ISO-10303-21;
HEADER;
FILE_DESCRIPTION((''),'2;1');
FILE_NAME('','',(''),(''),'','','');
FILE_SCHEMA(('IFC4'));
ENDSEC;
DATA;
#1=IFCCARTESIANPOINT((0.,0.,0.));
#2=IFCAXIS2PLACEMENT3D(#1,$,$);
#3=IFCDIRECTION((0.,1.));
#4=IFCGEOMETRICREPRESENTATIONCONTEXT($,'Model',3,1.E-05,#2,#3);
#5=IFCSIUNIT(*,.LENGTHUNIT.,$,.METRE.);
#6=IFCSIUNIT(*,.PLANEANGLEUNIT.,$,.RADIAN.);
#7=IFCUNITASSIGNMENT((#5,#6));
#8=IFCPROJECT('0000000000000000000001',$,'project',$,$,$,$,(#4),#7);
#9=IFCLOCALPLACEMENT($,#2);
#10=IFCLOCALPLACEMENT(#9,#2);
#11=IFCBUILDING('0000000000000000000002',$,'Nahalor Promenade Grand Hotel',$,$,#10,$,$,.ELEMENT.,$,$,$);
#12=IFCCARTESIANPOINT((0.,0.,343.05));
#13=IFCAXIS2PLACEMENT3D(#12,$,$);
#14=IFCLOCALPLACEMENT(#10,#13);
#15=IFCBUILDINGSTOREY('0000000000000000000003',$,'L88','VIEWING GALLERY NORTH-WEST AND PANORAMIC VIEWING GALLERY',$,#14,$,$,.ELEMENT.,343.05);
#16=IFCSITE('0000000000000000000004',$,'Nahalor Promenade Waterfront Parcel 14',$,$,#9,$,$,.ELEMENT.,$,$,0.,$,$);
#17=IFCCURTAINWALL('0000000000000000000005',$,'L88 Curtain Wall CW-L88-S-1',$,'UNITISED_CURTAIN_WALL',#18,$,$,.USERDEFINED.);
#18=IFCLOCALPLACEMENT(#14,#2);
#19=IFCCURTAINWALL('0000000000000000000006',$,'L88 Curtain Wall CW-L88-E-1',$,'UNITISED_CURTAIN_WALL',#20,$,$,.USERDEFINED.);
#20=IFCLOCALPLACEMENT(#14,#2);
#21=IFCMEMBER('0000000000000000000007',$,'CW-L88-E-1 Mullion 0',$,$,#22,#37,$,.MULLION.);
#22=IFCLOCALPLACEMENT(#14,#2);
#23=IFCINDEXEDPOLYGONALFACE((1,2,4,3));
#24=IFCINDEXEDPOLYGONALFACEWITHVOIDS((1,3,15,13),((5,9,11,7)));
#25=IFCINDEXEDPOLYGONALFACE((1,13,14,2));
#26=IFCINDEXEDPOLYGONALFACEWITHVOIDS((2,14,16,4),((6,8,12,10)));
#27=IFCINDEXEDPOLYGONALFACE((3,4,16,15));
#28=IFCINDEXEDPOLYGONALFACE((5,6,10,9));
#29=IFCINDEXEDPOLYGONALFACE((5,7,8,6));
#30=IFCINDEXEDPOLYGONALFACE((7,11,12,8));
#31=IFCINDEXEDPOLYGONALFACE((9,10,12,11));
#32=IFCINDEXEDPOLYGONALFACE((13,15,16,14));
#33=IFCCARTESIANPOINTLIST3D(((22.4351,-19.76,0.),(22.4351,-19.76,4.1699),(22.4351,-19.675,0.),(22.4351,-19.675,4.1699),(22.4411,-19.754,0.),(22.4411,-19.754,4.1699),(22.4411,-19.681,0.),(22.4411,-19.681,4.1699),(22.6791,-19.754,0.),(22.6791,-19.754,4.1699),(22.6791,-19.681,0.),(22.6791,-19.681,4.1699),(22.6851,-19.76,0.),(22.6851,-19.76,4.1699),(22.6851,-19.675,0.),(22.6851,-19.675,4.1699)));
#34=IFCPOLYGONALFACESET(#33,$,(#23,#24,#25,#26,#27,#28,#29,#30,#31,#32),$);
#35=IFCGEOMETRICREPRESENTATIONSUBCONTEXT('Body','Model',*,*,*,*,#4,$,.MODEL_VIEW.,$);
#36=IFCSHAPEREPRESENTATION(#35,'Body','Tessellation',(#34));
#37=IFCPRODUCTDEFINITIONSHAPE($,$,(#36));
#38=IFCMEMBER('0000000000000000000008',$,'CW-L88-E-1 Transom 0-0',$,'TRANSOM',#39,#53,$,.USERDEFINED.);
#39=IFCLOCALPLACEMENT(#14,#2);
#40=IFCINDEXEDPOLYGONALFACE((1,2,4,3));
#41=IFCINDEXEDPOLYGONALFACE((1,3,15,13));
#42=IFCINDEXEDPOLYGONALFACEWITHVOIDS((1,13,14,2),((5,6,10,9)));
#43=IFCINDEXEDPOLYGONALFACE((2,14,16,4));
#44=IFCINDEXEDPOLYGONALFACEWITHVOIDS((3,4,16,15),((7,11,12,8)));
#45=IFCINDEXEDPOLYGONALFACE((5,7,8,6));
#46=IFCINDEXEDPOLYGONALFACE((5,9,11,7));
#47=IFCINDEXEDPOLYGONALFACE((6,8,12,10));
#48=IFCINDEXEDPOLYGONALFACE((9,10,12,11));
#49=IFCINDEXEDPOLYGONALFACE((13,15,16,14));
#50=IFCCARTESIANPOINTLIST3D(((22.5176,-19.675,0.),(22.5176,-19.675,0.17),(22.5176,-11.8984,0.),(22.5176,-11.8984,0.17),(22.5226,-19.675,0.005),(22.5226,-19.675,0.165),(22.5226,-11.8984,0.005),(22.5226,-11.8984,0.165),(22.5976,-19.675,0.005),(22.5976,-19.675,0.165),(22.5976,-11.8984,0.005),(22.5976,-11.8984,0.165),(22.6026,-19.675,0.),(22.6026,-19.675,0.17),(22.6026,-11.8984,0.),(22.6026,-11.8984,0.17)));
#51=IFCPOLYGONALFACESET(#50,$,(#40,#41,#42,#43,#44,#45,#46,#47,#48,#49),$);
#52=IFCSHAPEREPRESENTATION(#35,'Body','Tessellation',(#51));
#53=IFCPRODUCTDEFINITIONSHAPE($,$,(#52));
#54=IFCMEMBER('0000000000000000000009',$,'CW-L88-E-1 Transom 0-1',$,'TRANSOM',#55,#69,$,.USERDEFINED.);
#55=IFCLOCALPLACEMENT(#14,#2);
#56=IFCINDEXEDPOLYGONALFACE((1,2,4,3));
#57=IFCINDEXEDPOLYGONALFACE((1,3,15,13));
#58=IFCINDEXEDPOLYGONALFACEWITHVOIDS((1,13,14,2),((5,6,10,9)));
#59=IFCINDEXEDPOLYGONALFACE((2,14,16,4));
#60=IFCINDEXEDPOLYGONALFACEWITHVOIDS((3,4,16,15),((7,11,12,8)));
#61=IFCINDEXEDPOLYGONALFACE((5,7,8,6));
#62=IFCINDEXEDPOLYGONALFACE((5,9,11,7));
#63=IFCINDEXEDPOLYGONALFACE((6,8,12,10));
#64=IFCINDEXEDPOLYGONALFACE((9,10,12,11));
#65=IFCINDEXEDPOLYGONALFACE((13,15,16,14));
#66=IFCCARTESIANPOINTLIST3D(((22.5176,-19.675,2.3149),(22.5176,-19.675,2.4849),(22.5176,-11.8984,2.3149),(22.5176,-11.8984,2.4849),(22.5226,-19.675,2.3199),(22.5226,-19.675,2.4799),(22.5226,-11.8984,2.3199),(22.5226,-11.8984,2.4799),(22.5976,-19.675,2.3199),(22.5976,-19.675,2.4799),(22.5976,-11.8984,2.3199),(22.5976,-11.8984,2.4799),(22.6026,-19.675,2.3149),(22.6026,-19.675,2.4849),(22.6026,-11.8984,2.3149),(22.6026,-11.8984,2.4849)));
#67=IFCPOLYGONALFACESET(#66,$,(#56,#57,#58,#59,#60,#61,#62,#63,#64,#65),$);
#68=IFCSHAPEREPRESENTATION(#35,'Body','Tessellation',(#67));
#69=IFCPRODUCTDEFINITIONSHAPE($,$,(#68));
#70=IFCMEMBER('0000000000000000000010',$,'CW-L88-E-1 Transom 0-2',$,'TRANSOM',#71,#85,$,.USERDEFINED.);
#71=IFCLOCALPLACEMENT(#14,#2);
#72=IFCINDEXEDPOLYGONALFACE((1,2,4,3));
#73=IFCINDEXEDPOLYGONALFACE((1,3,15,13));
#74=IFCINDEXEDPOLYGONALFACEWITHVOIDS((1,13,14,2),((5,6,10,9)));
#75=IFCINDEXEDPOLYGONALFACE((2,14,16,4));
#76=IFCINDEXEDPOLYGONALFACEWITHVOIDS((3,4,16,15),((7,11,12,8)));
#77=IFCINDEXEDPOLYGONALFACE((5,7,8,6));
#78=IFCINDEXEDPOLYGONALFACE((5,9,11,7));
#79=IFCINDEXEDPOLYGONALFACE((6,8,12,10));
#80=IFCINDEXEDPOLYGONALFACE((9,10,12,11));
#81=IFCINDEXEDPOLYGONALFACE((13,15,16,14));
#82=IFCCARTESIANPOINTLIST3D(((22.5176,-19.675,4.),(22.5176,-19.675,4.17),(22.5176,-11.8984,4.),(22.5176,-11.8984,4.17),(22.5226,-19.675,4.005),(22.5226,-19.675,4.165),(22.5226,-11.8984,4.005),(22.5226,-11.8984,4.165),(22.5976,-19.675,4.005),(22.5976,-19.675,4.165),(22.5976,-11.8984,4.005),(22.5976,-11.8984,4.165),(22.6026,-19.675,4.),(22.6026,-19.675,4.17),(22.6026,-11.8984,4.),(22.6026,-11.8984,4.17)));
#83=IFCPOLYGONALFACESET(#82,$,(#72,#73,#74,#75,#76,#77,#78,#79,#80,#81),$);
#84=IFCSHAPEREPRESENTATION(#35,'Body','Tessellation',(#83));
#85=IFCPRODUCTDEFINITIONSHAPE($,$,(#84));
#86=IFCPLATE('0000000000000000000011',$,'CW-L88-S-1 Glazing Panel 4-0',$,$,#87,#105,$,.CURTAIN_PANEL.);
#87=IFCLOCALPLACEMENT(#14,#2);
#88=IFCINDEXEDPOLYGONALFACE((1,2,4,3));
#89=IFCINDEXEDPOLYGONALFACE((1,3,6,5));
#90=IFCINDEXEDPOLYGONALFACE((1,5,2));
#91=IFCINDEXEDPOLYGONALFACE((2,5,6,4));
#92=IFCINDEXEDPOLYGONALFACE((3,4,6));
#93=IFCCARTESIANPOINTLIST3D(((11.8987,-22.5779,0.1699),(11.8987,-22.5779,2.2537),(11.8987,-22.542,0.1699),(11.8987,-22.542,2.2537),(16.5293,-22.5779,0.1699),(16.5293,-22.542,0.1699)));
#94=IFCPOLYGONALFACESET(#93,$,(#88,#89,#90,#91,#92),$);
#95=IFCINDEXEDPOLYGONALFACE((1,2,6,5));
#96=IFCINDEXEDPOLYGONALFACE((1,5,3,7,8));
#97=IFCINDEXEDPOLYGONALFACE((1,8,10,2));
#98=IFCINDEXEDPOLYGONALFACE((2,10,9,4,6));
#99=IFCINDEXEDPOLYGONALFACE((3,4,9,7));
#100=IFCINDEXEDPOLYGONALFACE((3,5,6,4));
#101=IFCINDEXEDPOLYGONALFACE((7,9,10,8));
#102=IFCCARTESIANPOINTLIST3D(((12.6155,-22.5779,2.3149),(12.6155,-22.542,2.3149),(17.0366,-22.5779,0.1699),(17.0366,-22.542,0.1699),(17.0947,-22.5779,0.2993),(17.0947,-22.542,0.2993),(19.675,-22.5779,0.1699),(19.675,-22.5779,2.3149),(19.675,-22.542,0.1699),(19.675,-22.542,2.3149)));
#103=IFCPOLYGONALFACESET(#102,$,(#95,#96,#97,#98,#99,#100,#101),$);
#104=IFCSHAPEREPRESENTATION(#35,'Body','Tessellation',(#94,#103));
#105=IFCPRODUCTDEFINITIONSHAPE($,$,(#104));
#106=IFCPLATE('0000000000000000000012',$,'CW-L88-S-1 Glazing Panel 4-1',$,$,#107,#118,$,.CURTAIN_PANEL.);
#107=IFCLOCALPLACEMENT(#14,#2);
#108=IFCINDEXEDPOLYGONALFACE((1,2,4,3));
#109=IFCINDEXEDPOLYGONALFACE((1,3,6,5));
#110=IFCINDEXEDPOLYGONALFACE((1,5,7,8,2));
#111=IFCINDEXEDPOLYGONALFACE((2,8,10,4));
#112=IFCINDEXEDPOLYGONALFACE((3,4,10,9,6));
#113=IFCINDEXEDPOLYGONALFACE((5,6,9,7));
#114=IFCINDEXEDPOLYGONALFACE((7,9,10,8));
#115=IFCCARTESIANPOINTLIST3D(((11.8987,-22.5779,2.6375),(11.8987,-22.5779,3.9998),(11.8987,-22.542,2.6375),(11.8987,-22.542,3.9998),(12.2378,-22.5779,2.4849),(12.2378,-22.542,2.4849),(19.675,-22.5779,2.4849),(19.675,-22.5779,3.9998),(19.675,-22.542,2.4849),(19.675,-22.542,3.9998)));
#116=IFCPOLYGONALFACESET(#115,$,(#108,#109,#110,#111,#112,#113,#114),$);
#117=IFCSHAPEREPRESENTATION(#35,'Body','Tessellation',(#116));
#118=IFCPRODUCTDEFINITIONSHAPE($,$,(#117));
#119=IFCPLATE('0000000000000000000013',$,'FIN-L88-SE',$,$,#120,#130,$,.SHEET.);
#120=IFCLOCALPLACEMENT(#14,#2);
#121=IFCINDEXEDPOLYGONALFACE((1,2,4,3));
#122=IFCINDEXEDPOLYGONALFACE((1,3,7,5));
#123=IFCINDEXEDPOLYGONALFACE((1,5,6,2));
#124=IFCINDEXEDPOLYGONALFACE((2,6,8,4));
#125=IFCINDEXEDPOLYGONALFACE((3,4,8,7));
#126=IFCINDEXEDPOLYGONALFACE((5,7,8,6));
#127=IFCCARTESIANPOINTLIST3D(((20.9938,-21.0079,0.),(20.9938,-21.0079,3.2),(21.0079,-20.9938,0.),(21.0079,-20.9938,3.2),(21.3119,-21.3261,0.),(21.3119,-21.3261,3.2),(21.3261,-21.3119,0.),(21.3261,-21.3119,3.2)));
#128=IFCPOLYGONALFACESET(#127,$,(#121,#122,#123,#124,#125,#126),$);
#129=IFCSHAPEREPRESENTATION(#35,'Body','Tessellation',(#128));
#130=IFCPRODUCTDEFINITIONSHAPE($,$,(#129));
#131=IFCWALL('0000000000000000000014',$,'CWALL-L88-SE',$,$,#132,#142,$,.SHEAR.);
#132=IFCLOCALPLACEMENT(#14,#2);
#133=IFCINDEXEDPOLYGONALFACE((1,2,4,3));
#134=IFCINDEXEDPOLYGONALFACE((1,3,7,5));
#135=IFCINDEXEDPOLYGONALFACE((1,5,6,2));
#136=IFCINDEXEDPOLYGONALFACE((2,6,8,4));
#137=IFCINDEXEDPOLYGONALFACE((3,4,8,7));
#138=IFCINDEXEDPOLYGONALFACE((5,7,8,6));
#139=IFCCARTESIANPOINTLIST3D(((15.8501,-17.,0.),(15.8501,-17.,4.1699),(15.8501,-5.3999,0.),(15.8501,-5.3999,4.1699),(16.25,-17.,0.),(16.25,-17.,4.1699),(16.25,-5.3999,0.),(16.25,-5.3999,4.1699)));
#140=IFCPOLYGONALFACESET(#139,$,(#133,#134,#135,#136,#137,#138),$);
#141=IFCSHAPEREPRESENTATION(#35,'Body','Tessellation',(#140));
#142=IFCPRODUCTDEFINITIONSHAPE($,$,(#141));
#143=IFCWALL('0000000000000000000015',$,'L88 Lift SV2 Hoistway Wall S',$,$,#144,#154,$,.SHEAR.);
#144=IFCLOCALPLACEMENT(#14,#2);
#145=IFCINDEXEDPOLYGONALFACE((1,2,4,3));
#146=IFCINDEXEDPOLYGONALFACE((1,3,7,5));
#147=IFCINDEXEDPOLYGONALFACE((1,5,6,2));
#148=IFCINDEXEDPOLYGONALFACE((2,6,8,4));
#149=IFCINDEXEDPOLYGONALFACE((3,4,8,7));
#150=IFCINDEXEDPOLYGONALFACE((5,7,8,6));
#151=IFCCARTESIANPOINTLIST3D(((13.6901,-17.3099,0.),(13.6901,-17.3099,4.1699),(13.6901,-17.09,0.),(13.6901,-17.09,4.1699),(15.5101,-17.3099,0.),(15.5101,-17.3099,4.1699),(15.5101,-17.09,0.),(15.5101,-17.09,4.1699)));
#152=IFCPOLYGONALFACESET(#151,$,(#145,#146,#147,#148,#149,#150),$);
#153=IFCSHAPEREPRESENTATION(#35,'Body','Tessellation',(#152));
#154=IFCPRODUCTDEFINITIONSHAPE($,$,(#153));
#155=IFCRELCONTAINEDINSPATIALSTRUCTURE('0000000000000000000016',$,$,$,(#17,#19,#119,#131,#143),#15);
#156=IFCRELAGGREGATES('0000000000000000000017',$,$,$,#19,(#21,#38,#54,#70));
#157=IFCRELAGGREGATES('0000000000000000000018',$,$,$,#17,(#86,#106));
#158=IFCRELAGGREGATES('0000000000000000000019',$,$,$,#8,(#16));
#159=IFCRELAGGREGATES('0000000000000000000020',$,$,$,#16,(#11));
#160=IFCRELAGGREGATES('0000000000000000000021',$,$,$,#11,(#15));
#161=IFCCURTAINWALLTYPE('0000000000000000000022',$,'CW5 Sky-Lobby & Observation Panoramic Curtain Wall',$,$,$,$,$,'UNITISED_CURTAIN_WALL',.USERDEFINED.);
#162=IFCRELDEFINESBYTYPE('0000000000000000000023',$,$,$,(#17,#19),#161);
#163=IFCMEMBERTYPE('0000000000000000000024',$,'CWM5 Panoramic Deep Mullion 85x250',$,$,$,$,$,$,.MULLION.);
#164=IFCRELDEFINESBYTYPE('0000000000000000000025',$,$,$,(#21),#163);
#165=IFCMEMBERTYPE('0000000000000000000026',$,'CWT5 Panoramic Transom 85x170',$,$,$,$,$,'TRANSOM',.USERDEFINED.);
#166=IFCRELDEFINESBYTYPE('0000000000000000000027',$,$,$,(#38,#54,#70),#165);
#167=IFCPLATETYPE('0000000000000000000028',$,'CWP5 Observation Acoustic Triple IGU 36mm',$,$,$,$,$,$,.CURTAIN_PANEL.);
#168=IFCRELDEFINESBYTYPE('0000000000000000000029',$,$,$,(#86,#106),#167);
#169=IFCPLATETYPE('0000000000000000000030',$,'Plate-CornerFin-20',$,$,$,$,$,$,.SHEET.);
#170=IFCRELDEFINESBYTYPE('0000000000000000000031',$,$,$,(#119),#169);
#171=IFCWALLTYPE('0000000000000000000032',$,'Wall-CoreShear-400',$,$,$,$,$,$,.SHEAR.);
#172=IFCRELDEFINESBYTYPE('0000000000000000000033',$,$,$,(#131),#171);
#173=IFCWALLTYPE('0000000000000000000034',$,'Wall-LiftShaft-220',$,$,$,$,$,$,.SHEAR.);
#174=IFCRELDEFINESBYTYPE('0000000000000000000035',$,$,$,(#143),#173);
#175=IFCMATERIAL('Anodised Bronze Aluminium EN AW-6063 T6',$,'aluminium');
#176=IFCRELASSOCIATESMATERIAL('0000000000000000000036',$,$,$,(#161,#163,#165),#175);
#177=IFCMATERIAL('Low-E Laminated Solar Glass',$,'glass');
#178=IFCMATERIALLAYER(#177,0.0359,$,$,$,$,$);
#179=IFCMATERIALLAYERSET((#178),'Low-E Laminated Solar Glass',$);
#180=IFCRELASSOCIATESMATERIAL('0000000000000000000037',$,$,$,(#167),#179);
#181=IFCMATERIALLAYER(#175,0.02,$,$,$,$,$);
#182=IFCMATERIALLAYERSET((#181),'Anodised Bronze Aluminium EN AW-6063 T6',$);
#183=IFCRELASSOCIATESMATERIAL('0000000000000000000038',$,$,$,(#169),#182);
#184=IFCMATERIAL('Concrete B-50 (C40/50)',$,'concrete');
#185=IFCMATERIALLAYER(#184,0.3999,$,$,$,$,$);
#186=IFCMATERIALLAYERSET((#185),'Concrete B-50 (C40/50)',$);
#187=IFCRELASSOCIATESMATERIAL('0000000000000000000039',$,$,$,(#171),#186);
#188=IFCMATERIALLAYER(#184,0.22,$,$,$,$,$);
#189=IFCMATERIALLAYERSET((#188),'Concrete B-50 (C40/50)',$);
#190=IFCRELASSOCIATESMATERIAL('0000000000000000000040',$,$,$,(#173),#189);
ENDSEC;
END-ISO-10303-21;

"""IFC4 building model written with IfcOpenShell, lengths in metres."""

from ifc_helpers import new_model, si_unit, direction, frame, frame_2d, origin, origin_2d, place, context, subcontext, project, spatial, polyline, rectangle, hollow_rectangle, outline, extrude, source, transform, mapped, material, layer, layer_set, material_profile, profile_set, type_object, element, aggregate, save


model = new_model("IFC4")

# Units and contexts
model_context = context("Model", 3, precision=1e-05, world=origin(), true_north=direction((0.0, 1.0)))
body_context = subcontext(model_context, "Body", "Model", "MODEL_VIEW")
ifc_project = project(units=[si_unit("LENGTHUNIT", "METRE"), si_unit("PLANEANGLEUNIT", "RADIAN")], contexts=[model_context])

# Site, building, storey
site_placement = place(None, origin())
site = spatial("IfcSite", under=ifc_project, at=site_placement, Name="Nahalor Promenade Waterfront Parcel 14", CompositionType="ELEMENT", RefElevation=0.0)
building_placement = place(site_placement, origin())
building = spatial("IfcBuilding", under=site, at=building_placement, Name="Nahalor Promenade Grand Hotel", CompositionType="ELEMENT")
storey_placement = place(building_placement, frame((0.0, 0.0, 343.05)))
storey = spatial("IfcBuildingStorey", under=building, at=storey_placement, Name="L88", Description="VIEWING GALLERY NORTH-WEST AND PANORAMIC VIEWING GALLERY", CompositionType="ELEMENT", Elevation=343.05)

# Shared definitions
ifc_material_1 = material(Name="Concrete B-50 (C40/50)", Category="concrete")

# Curtain wall
ifc_material_2 = material(Name="Anodised Bronze Aluminium EN AW-6063 T6", Category="aluminium")
curtain_wall_type = type_object("IfcCurtainWallType", Name="CW5 Sky-Lobby & Observation Panoramic Curtain Wall", ElementType="UNITISED_CURTAIN_WALL", PredefinedType="USERDEFINED", material=ifc_material_2)
curtain_wall_1_placement = place(storey_placement, origin())
curtain_wall_1 = element("IfcCurtainWall", 1, at=curtain_wall_1_placement, inside=storey, type_object=curtain_wall_type, Name="L88 Curtain Wall CW-L88-S-1", ObjectType="UNITISED_CURTAIN_WALL", PredefinedType="USERDEFINED")
ifc_material_profile_1 = material_profile(ifc_material_2, hollow_rectangle(XDim=0.085, YDim=0.25, WallThickness=0.006, at=origin_2d()), Name="CWM 85x250x6")
ifc_profile_set_1 = profile_set([ifc_material_profile_1], Name="Anodised Bronze Aluminium EN AW-6063 T6")
member_type_1 = type_object("IfcMemberType", Name="CWM5 Panoramic Deep Mullion 85x250", PredefinedType="MULLION", material=ifc_profile_set_1)
shared_shape_1 = source(origin(), body_context, "Body", "SweptSolid", [
    extrude(hollow_rectangle(XDim=0.085, YDim=0.25, WallThickness=0.006, at=origin_2d()), origin(), (0.0, 0.0, 1.0), 4.1699),
])

# Curtain wall, members
curtain_wall_2_placement = place(storey_placement, origin())
curtain_wall_2 = element("IfcCurtainWall", 2, at=curtain_wall_2_placement, inside=storey, type_object=curtain_wall_type, Name="L88 Curtain Wall CW-L88-E-1", ObjectType="UNITISED_CURTAIN_WALL", PredefinedType="USERDEFINED")
member_1_placement = place(storey_placement, frame((22.5601, -19.7175, 0.0), z_axis=(0.0, 0.0, 1.0), x_axis=(0.0, 1.0, 0.0)))
member_1 = element("IfcMember", 3, at=member_1_placement, type_object=member_type_1, Name="CW-L88-E-1 Mullion 0", PredefinedType="MULLION", context=body_context, shape_type="MappedRepresentation", body=[
    mapped(shared_shape_1, transform((0.0, 0.0, 0.0), scale=1.0)),
])
ifc_material_profile_2 = material_profile(ifc_material_2, hollow_rectangle(XDim=0.085, YDim=0.17, WallThickness=0.005, at=origin_2d()), Name="CWT 85x170x5")
ifc_profile_set_2 = profile_set([ifc_material_profile_2], Name="Anodised Bronze Aluminium EN AW-6063 T6")
member_type_2 = type_object("IfcMemberType", Name="CWT5 Panoramic Transom 85x170", ElementType="TRANSOM", PredefinedType="USERDEFINED", material=ifc_profile_set_2)
shared_shape_2 = source(origin(), body_context, "Body", "SweptSolid", [
    extrude(hollow_rectangle(XDim=0.085, YDim=0.17, WallThickness=0.005, at=origin_2d()), origin(), (0.0, 0.0, 1.0), 7.7766),
])
member_2_placement = place(storey_placement, frame((22.5601, -19.675, 0.085), z_axis=(0.0, 1.0, 0.0), x_axis=(-1.0, 0.0, 0.0)))
member_2 = element("IfcMember", 4, at=member_2_placement, type_object=member_type_2, Name="CW-L88-E-1 Transom 0-0", ObjectType="TRANSOM", PredefinedType="USERDEFINED", context=body_context, shape_type="MappedRepresentation", body=[
    mapped(shared_shape_2, transform((0.0, 0.0, 0.0), scale=1.0)),
])
member_3_placement = place(storey_placement, frame((22.5601, -19.675, 2.3999), z_axis=(0.0, 1.0, 0.0), x_axis=(-1.0, 0.0, 0.0)))
member_3 = element("IfcMember", 5, at=member_3_placement, type_object=member_type_2, Name="CW-L88-E-1 Transom 0-1", ObjectType="TRANSOM", PredefinedType="USERDEFINED", context=body_context, shape_type="MappedRepresentation", body=[
    mapped(shared_shape_2, transform((0.0, 0.0, 0.0), scale=1.0)),
])
member_4_placement = place(storey_placement, frame((22.5601, -19.675, 4.085), z_axis=(0.0, 1.0, 0.0), x_axis=(-1.0, 0.0, 0.0)))
member_4 = element("IfcMember", 6, at=member_4_placement, type_object=member_type_2, Name="CW-L88-E-1 Transom 0-2", ObjectType="TRANSOM", PredefinedType="USERDEFINED", context=body_context, shape_type="MappedRepresentation", body=[
    mapped(shared_shape_2, transform((0.0, 0.0, 0.0), scale=1.0)),
])
aggregate(curtain_wall_2, [member_1, member_2, member_3, member_4])

# Plates
ifc_material_3 = material(Name="Low-E Laminated Solar Glass", Category="glass")
ifc_layer_1 = layer(ifc_material_3, 0.0359)
ifc_layer_set_1 = layer_set([ifc_layer_1], Name="Low-E Laminated Solar Glass")
plate_type_1 = type_object("IfcPlateType", Name="CWP5 Observation Acoustic Triple IGU 36mm", PredefinedType="CURTAIN_PANEL", material=ifc_layer_set_1)
plate_1_placement = place(storey_placement, frame((15.7869, -22.5601, 0.1699), z_axis=(0.0, 0.0, 1.0), x_axis=(1.0, 0.0, 0.0)))
plate_1 = element("IfcPlate", 7, at=plate_1_placement, type_object=plate_type_1, Name="CW-L88-S-1 Glazing Panel 4-0", PredefinedType="CURTAIN_PANEL", context=body_context, shape_type="SweptSolid", body=[
    extrude(outline(polyline([(-3.8882, 2.0837), (-3.8882, 0.0), (0.7424, 0.0), (-3.8882, 2.0837)])), frame((0.0, 0.0181, 0.0), z_axis=(0.0, -1.0, 0.0), x_axis=(1.0, 0.0, 0.0)), (0.0, 0.0, 1.0), 0.0359),
    extrude(outline(polyline([(3.8882, 0.0), (3.8882, 2.145), (-3.1714, 2.145), (1.3079, 0.1294), (1.2498, 0.0), (3.8882, 0.0)])), frame((0.0, 0.0181, 0.0), z_axis=(0.0, -1.0, 0.0), x_axis=(1.0, 0.0, 0.0)), (0.0, 0.0, 1.0), 0.0359),
])
plate_2_placement = place(storey_placement, frame((15.7869, -22.5601, 2.4849), z_axis=(0.0, 0.0, 1.0), x_axis=(1.0, 0.0, 0.0)))
plate_2 = element("IfcPlate", 8, at=plate_2_placement, type_object=plate_type_1, Name="CW-L88-S-1 Glazing Panel 4-1", PredefinedType="CURTAIN_PANEL", context=body_context, shape_type="SweptSolid", body=[
    extrude(outline(polyline([(3.8882, 1.5149), (-3.8882, 1.5149), (-3.8882, 0.1526), (-3.5491, 0.0), (3.8882, 0.0), (3.8882, 1.5149)])), frame((0.0, 0.0181, 0.0), z_axis=(0.0, -1.0, 0.0), x_axis=(1.0, 0.0, 0.0)), (0.0, 0.0, 1.0), 0.0359),
])
aggregate(curtain_wall_1, [plate_1, plate_2])
ifc_layer_2 = layer(ifc_material_2, 0.02)
ifc_layer_set_2 = layer_set([ifc_layer_2], Name="Anodised Bronze Aluminium EN AW-6063 T6")
plate_type_2 = type_object("IfcPlateType", Name="Plate-CornerFin-20", PredefinedType="SHEET", material=ifc_layer_set_2)
shared_shape_3 = source(origin(), body_context, "Body", "SweptSolid", [
    extrude(rectangle(XDim=0.45, YDim=0.02, at=origin_2d()), origin(), (0.0, 0.0, 1.0), 3.2),
])
plate_3_placement = place(storey_placement, frame((21.1599, -21.1599, 0.0), z_axis=(0.0, 0.0, 1.0), x_axis=(-0.707107, 0.707107, 0.0)))
element("IfcPlate", 9, at=plate_3_placement, inside=storey, type_object=plate_type_2, Name="FIN-L88-SE", PredefinedType="SHEET", context=body_context, shape_type="MappedRepresentation", body=[
    mapped(shared_shape_3, transform((0.0, 0.0, 0.0), scale=1.0)),
])

# Walls
ifc_layer_3 = layer(ifc_material_1, 0.3999)
ifc_layer_set_3 = layer_set([ifc_layer_3], Name="Concrete B-50 (C40/50)")
wall_type_1 = type_object("IfcWallType", Name="Wall-CoreShear-400", PredefinedType="SHEAR", material=ifc_layer_set_3)
shared_shape_4 = source(origin(), body_context, "Body", "SweptSolid", [
    extrude(rectangle(XDim=11.6001, YDim=0.3999, at=frame_2d((5.8, 0.0))), origin(), (0.0, 0.0, 1.0), 4.1699),
])
wall_1_placement = place(storey_placement, frame((16.05, -17.0, 0.0), z_axis=(0.0, 0.0, 1.0), x_axis=(0.0, 1.0, 0.0)))
element("IfcWall", 10, at=wall_1_placement, inside=storey, type_object=wall_type_1, Name="CWALL-L88-SE", PredefinedType="SHEAR", context=body_context, shape_type="MappedRepresentation", body=[
    mapped(shared_shape_4, transform((0.0, 0.0, 0.0), scale=1.0)),
])
ifc_layer_4 = layer(ifc_material_1, 0.22)
ifc_layer_set_4 = layer_set([ifc_layer_4], Name="Concrete B-50 (C40/50)")
wall_type_2 = type_object("IfcWallType", Name="Wall-LiftShaft-220", PredefinedType="SHEAR", material=ifc_layer_set_4)
shared_shape_5 = source(origin(), body_context, "Body", "SweptSolid", [
    extrude(rectangle(XDim=1.8201, YDim=0.22, at=frame_2d((0.9102, 0.0))), origin(), (0.0, 0.0, 1.0), 4.1699),
])
wall_2_placement = place(storey_placement, frame((13.6899, -17.2, 0.0), z_axis=(0.0, 0.0, 1.0), x_axis=(1.0, 0.0, 0.0)))
element("IfcWall", 11, at=wall_2_placement, inside=storey, type_object=wall_type_2, Name="L88 Lift SV2 Hoistway Wall S", PredefinedType="SHEAR", context=body_context, shape_type="MappedRepresentation", body=[
    mapped(shared_shape_5, transform((0.0, 0.0, 0.0), scale=1.0)),
])

save(model, "model.ifc")
